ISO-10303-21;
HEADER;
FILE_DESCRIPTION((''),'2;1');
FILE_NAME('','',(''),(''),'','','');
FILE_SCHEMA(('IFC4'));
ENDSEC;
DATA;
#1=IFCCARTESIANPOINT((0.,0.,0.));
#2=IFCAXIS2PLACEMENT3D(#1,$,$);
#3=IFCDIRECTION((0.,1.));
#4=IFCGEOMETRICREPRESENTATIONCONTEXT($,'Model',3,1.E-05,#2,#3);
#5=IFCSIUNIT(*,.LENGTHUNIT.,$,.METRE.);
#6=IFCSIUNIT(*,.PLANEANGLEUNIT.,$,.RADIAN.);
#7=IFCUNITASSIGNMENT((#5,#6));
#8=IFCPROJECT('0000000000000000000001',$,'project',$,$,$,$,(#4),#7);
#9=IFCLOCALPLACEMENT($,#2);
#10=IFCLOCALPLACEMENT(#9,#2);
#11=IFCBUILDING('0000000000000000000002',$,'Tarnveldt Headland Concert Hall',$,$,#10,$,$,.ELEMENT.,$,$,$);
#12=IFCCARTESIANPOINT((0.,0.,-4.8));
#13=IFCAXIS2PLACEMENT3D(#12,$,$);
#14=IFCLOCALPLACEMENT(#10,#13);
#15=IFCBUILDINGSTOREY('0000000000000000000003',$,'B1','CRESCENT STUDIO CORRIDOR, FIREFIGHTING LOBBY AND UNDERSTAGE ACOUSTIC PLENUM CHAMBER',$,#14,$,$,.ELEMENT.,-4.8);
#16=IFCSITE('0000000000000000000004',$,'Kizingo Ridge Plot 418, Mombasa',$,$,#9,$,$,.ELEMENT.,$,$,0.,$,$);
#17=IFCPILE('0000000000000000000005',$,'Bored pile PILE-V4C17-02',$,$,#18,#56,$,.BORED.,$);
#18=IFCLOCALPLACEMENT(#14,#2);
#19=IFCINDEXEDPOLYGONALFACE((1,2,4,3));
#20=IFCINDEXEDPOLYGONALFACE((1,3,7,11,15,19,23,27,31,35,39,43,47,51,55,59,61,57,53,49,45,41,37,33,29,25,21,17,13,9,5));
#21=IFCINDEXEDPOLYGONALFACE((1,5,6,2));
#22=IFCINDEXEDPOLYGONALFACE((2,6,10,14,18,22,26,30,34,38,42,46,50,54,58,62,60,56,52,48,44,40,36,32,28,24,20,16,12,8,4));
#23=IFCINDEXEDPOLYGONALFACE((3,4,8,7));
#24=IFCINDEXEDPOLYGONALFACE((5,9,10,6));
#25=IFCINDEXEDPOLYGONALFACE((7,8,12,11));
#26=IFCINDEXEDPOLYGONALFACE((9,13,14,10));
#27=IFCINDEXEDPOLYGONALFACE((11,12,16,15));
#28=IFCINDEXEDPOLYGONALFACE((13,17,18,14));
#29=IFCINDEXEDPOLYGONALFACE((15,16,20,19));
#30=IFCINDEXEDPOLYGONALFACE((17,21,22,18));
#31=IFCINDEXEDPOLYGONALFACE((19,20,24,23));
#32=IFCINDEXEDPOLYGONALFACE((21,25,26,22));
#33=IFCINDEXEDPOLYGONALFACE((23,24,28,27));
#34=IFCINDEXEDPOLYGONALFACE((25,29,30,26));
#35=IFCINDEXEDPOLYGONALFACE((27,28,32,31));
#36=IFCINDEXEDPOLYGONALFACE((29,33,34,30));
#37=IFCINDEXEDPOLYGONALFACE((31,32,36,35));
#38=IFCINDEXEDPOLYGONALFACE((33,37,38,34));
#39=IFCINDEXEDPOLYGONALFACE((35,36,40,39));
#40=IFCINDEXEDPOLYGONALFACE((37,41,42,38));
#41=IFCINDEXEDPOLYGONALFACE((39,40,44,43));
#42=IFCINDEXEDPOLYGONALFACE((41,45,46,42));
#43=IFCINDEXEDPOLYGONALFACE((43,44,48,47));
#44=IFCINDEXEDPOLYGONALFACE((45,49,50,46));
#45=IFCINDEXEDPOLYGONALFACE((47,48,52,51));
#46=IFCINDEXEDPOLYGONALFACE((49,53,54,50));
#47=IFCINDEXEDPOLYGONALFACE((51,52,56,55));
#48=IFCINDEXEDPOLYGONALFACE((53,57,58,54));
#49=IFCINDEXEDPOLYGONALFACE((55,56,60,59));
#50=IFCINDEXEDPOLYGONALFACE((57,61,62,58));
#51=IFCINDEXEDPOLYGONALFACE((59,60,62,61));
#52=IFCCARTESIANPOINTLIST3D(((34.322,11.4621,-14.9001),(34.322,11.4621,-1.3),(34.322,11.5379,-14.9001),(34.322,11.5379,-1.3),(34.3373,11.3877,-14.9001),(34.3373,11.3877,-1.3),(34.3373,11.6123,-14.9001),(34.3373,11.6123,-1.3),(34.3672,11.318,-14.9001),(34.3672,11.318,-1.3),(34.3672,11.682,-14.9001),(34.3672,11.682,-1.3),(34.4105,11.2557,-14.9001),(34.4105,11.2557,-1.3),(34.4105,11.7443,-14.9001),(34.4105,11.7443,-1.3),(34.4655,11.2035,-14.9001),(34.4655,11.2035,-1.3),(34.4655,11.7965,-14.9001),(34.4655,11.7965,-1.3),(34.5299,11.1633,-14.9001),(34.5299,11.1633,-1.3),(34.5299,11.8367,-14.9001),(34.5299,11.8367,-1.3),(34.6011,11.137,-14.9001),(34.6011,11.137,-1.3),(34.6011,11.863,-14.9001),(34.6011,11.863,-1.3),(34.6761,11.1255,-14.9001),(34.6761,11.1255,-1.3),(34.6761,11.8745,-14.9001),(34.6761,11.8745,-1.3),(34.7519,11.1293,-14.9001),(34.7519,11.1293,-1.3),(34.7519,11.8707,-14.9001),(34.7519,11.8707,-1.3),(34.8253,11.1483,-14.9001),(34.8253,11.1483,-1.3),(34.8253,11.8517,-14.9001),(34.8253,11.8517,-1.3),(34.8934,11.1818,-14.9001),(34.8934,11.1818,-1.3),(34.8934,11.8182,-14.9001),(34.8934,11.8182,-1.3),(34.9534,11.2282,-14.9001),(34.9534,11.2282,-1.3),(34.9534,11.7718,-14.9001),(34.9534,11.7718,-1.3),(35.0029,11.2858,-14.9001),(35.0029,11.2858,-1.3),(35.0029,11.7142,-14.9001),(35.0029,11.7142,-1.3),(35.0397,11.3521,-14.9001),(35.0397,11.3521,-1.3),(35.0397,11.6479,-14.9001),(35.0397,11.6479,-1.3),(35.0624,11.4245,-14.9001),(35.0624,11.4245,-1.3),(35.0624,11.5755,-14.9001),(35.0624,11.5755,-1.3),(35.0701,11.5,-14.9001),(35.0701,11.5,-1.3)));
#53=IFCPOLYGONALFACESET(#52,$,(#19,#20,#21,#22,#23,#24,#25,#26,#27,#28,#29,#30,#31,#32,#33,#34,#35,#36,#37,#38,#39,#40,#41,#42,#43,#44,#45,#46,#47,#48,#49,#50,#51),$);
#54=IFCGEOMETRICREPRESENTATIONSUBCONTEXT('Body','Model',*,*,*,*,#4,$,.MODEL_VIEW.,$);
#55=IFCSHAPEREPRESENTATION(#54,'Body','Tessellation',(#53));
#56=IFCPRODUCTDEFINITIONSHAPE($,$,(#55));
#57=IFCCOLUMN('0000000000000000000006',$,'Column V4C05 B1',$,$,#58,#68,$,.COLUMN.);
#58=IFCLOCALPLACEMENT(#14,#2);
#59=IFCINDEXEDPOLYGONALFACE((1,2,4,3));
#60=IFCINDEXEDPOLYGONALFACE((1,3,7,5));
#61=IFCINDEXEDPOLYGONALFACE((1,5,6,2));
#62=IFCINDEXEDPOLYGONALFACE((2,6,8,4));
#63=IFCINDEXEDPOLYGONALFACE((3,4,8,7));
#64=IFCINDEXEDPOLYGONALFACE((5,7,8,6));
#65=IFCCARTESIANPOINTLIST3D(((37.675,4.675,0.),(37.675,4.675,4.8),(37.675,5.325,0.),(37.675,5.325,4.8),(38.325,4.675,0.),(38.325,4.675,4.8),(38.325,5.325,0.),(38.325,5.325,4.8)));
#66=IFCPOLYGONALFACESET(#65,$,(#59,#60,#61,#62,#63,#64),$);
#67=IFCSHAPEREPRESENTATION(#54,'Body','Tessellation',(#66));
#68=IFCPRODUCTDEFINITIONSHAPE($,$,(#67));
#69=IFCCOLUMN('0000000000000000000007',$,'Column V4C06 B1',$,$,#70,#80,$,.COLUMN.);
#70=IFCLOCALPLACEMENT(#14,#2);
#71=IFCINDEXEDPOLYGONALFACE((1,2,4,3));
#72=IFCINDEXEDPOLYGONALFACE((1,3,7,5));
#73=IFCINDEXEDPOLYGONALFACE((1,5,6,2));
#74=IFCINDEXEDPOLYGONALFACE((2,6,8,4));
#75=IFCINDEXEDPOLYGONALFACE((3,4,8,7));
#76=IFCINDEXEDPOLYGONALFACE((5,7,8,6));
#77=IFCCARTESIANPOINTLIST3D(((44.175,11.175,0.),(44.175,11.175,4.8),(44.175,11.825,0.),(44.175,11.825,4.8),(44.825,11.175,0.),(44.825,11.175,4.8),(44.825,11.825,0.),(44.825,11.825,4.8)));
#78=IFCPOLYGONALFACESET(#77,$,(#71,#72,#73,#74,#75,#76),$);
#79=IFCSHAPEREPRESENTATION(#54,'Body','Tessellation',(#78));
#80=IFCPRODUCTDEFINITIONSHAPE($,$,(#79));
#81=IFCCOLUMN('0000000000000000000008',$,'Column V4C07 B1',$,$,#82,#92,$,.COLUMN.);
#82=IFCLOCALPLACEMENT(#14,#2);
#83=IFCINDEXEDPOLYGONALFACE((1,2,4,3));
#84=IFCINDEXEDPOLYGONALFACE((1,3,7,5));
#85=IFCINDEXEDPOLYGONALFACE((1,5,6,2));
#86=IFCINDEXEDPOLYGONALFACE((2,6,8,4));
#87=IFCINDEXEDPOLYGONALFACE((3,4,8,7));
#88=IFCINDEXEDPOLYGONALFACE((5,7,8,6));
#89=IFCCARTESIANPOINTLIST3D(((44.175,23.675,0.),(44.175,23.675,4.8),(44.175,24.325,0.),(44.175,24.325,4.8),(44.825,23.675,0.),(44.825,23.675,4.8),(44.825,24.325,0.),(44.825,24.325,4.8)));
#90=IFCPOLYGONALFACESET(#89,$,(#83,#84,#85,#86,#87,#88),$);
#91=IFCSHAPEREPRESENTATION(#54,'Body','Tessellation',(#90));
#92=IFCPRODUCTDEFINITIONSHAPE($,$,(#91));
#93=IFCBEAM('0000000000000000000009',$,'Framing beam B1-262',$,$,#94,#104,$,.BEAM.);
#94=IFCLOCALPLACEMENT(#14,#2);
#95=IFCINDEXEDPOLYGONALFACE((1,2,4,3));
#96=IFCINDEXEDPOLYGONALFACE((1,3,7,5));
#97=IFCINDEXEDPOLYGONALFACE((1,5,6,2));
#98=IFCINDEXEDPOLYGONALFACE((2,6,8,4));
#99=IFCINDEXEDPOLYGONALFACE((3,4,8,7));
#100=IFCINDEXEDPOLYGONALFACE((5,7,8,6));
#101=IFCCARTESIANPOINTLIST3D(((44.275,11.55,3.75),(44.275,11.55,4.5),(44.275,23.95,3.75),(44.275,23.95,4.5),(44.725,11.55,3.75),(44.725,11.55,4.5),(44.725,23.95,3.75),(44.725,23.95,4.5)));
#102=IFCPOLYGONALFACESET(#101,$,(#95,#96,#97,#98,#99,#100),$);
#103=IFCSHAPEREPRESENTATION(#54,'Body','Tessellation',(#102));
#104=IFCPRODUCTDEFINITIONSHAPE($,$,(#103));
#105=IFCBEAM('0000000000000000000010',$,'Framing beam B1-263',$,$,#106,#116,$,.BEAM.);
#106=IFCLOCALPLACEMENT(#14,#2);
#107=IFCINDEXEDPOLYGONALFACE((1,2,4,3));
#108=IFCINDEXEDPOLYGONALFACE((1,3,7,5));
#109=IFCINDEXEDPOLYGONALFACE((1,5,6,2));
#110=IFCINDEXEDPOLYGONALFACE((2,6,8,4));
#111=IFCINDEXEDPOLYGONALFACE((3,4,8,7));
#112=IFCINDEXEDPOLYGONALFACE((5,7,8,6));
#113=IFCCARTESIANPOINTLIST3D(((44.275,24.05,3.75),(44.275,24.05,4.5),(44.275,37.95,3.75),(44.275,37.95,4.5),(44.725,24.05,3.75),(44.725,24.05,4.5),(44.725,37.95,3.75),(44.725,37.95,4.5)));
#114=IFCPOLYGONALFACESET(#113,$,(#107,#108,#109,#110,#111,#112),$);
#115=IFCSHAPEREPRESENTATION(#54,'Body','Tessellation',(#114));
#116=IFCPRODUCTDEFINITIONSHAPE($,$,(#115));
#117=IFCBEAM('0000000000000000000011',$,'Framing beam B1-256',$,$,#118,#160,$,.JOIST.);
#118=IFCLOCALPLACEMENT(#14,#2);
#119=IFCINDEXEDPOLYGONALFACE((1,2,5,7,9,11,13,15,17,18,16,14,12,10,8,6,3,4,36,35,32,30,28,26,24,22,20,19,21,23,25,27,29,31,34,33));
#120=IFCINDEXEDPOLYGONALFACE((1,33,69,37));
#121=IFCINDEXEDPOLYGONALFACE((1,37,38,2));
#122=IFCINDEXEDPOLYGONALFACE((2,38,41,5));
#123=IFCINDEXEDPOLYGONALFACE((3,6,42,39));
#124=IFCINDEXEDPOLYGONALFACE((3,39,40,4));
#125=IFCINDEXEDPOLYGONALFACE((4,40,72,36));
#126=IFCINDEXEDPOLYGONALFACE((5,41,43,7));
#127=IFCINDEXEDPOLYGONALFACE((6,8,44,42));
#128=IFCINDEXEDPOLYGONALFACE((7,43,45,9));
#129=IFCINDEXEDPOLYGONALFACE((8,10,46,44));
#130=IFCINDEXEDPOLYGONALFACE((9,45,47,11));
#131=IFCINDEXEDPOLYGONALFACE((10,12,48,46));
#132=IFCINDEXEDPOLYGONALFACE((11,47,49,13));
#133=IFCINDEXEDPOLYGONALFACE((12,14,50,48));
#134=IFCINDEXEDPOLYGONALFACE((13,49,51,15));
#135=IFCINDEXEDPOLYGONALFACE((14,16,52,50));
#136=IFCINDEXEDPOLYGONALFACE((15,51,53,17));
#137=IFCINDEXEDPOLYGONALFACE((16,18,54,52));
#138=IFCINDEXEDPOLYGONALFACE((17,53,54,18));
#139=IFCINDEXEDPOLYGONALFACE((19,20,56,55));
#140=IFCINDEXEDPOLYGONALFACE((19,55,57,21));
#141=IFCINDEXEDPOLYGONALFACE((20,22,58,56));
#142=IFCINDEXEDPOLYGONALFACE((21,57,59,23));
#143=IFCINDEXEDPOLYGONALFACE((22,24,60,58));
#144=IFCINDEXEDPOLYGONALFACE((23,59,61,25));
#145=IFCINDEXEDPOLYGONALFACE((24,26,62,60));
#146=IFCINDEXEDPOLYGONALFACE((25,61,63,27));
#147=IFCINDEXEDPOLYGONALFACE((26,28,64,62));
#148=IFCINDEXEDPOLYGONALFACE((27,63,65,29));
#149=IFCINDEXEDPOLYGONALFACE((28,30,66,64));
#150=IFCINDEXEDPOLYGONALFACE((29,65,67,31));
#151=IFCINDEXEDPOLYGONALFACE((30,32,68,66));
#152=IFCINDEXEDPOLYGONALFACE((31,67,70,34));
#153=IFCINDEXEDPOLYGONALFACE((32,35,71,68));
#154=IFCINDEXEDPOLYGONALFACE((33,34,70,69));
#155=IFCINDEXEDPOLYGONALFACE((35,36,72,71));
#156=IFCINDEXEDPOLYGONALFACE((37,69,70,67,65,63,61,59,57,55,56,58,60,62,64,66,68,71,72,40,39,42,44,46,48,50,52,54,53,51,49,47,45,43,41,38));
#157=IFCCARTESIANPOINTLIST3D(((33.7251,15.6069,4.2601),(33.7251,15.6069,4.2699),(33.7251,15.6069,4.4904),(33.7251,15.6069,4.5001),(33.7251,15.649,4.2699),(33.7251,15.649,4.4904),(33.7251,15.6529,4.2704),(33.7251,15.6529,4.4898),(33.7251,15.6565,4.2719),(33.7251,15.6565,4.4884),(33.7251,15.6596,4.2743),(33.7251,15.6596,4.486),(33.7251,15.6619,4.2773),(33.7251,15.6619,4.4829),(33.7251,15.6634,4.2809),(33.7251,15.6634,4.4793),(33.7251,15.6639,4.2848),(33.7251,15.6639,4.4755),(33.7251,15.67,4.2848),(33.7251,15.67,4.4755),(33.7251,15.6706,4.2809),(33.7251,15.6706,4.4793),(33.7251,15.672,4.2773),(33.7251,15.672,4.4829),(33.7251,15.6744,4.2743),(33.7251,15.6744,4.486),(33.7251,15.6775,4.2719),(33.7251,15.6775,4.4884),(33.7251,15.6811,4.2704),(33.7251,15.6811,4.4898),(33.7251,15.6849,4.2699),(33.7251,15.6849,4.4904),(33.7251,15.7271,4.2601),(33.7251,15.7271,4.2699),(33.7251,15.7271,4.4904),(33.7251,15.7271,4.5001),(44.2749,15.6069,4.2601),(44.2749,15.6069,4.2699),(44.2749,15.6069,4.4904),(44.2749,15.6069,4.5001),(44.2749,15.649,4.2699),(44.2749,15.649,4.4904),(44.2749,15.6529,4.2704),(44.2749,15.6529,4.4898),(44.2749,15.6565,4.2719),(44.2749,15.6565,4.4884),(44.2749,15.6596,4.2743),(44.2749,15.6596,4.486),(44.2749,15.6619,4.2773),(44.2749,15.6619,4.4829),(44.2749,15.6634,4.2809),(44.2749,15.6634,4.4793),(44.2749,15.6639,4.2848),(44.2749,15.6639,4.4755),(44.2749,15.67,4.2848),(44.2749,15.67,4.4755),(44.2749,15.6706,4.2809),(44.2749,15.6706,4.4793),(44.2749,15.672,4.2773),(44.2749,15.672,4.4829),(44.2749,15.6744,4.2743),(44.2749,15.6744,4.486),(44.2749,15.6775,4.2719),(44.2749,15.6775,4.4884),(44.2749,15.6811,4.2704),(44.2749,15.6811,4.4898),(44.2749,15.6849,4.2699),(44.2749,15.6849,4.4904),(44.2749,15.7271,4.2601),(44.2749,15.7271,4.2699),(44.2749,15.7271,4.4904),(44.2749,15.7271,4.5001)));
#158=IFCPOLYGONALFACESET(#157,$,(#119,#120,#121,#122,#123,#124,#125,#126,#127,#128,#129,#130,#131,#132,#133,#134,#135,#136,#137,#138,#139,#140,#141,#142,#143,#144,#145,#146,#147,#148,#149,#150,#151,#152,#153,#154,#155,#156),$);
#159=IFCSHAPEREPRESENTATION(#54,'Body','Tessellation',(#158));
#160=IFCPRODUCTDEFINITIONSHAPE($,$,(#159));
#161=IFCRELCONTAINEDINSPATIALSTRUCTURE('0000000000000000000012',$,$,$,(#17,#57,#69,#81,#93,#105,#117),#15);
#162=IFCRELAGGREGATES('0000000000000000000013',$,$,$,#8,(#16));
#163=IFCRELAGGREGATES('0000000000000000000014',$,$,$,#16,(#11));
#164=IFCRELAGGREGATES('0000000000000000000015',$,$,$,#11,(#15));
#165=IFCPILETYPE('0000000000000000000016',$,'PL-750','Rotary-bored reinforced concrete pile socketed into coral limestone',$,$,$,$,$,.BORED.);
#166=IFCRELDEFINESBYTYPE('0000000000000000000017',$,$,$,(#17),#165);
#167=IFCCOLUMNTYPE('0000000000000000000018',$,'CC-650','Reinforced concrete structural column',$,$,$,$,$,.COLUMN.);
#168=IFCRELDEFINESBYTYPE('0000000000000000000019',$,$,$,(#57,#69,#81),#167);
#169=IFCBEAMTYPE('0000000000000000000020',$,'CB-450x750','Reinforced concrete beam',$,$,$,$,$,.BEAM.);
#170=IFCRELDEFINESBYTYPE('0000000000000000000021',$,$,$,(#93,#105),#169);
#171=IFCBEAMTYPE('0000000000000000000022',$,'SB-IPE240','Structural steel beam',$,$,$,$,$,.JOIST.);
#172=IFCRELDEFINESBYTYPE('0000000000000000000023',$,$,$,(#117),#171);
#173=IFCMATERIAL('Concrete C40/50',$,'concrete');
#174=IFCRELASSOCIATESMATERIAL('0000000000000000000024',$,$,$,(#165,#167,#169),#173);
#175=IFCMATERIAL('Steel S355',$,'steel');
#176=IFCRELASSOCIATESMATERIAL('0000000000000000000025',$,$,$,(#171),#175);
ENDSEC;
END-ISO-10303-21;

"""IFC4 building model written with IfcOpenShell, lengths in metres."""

from ifc_helpers import new_model, si_unit, direction, frame, origin, origin_2d, place, context, subcontext, project, spatial, rectangle, circle, i_section, extrude, material, material_profile, profile_set, type_object, element, save


model = new_model("IFC4")

# Units and contexts
model_context = context("Model", 3, precision=1e-05, world=origin(), true_north=direction((0.0, 1.0)))
body_context = subcontext(model_context, "Body", "Model", "MODEL_VIEW")
ifc_project = project(units=[si_unit("LENGTHUNIT", "METRE"), si_unit("PLANEANGLEUNIT", "RADIAN")], contexts=[model_context])

# Site, building, storey
site_placement = place(None, origin())
site = spatial("IfcSite", under=ifc_project, at=site_placement, Name="Kizingo Ridge Plot 418, Mombasa", CompositionType="ELEMENT", RefElevation=0.0)
building_placement = place(site_placement, origin())
building = spatial("IfcBuilding", under=site, at=building_placement, Name="Tarnveldt Headland Concert Hall", CompositionType="ELEMENT")
storey_placement = place(building_placement, frame((0.0, 0.0, -4.8)))
storey = spatial("IfcBuildingStorey", under=building, at=storey_placement, Name="B1", Description="CRESCENT STUDIO CORRIDOR, FIREFIGHTING LOBBY AND UNDERSTAGE ACOUSTIC PLENUM CHAMBER", CompositionType="ELEMENT", Elevation=-4.8)

# Shared definitions
ifc_material_1 = material(Name="Concrete C40/50", Category="concrete")

# Pile
ifc_material_profile_1 = material_profile(ifc_material_1, circle(Radius=0.375, at=origin_2d()), Name="BORED PILE D750", Category="concrete")
ifc_profile_set_1 = profile_set([ifc_material_profile_1], Name="Concrete C40/50")
pile_type = type_object("IfcPileType", Name="PL-750", Description="Rotary-bored reinforced concrete pile socketed into coral limestone", PredefinedType="BORED", material=ifc_profile_set_1)
for number, where, z_axis, x_axis, name in (
    (1, (34.6951, 11.5, -1.3), (0.0, 0.0, -1.0), (1.0, 0.0, 0.0), "Bored pile PILE-V4C17-02"),
):
    element("IfcPile", number, at=place(storey_placement, frame(where, z_axis=z_axis, x_axis=x_axis)), inside=storey, type_object=pile_type, Name=name, PredefinedType="BORED", context=body_context, shape_type="SweptSolid", body=[
        extrude(circle(Radius=0.375, at=origin_2d()), origin(), (0.0, 0.0, 1.0), 13.6001),
    ])

# Columns
ifc_material_profile_2 = material_profile(ifc_material_1, rectangle(XDim=0.6499, YDim=0.6499, at=origin_2d()), Name="RC 650x650", Category="concrete")
ifc_profile_set_2 = profile_set([ifc_material_profile_2], Name="Concrete C40/50")
column_type = type_object("IfcColumnType", Name="CC-650", Description="Reinforced concrete structural column", PredefinedType="COLUMN", material=ifc_profile_set_2)
for number, where, z_axis, x_axis, name in (
    (2, (38.0, 5.0, 0.0), (0.0, 0.0, 1.0), (1.0, 0.0, 0.0), "Column V4C05 B1"),
    (3, (44.5, 11.5, 0.0), (0.0, 0.0, 1.0), (1.0, 0.0, 0.0), "Column V4C06 B1"),
    (4, (44.5, 24.0, 0.0), (0.0, 0.0, 1.0), (1.0, 0.0, 0.0), "Column V4C07 B1"),
):
    element("IfcColumn", number, at=place(storey_placement, frame(where, z_axis=z_axis, x_axis=x_axis)), inside=storey, type_object=column_type, Name=name, PredefinedType="COLUMN", context=body_context, shape_type="SweptSolid", body=[
        extrude(rectangle(XDim=0.6499, YDim=0.6499, at=origin_2d()), origin(), (0.0, 0.0, 1.0), 4.8),
    ])

# Beams
ifc_material_profile_3 = material_profile(ifc_material_1, rectangle(XDim=0.45, YDim=0.75, at=origin_2d()), Name="RC 450x750", Category="concrete")
ifc_profile_set_3 = profile_set([ifc_material_profile_3], Name="Concrete C40/50")
beam_type_1 = type_object("IfcBeamType", Name="CB-450x750", Description="Reinforced concrete beam", PredefinedType="BEAM", material=ifc_profile_set_3)
beam_1_placement = place(storey_placement, frame((44.5, 11.55, 4.125), z_axis=(0.0, 1.0, 0.0), x_axis=(-1.0, 0.0, 0.0)))
element("IfcBeam", 5, at=beam_1_placement, inside=storey, type_object=beam_type_1, Name="Framing beam B1-262", PredefinedType="BEAM", context=body_context, shape_type="SweptSolid", body=[
    extrude(rectangle(XDim=0.45, YDim=0.75, at=origin_2d()), origin(), (0.0, 0.0, 1.0), 12.3999),
])
beam_2_placement = place(storey_placement, frame((44.5, 24.05, 4.125), z_axis=(0.0, 1.0, 0.0), x_axis=(-1.0, 0.0, 0.0)))
element("IfcBeam", 6, at=beam_2_placement, inside=storey, type_object=beam_type_1, Name="Framing beam B1-263", PredefinedType="BEAM", context=body_context, shape_type="SweptSolid", body=[
    extrude(rectangle(XDim=0.45, YDim=0.75, at=origin_2d()), origin(), (0.0, 0.0, 1.0), 13.8999),
])
ifc_material_2 = material(Name="Steel S355", Category="steel")
ifc_material_profile_4 = material_profile(ifc_material_2, i_section(OverallWidth=0.1201, OverallDepth=0.24, WebThickness=0.0061, FlangeThickness=0.0098, FilletRadius=0.0149, at=origin_2d()), Name="IPE240", Category="steel")
ifc_profile_set_4 = profile_set([ifc_material_profile_4], Name="Steel S355")
beam_type_2 = type_object("IfcBeamType", Name="SB-IPE240", Description="Structural steel beam", PredefinedType="JOIST", material=ifc_profile_set_4)
for number, where, z_axis, x_axis, name in (
    (7, (33.7251, 15.667, 4.3801), (1.0, 0.0, 0.0), (0.0, 1.0, 0.0), "Framing beam B1-256"),
):
    element("IfcBeam", number, at=place(storey_placement, frame(where, z_axis=z_axis, x_axis=x_axis)), inside=storey, type_object=beam_type_2, Name=name, PredefinedType="JOIST", context=body_context, shape_type="SweptSolid", body=[
        extrude(i_section(OverallWidth=0.1201, OverallDepth=0.24, WebThickness=0.0061, FlangeThickness=0.0098, FilletRadius=0.0149, at=origin_2d()), origin(), (0.0, 0.0, 1.0), 10.5498),
    ])

save(model, "model.ifc")
